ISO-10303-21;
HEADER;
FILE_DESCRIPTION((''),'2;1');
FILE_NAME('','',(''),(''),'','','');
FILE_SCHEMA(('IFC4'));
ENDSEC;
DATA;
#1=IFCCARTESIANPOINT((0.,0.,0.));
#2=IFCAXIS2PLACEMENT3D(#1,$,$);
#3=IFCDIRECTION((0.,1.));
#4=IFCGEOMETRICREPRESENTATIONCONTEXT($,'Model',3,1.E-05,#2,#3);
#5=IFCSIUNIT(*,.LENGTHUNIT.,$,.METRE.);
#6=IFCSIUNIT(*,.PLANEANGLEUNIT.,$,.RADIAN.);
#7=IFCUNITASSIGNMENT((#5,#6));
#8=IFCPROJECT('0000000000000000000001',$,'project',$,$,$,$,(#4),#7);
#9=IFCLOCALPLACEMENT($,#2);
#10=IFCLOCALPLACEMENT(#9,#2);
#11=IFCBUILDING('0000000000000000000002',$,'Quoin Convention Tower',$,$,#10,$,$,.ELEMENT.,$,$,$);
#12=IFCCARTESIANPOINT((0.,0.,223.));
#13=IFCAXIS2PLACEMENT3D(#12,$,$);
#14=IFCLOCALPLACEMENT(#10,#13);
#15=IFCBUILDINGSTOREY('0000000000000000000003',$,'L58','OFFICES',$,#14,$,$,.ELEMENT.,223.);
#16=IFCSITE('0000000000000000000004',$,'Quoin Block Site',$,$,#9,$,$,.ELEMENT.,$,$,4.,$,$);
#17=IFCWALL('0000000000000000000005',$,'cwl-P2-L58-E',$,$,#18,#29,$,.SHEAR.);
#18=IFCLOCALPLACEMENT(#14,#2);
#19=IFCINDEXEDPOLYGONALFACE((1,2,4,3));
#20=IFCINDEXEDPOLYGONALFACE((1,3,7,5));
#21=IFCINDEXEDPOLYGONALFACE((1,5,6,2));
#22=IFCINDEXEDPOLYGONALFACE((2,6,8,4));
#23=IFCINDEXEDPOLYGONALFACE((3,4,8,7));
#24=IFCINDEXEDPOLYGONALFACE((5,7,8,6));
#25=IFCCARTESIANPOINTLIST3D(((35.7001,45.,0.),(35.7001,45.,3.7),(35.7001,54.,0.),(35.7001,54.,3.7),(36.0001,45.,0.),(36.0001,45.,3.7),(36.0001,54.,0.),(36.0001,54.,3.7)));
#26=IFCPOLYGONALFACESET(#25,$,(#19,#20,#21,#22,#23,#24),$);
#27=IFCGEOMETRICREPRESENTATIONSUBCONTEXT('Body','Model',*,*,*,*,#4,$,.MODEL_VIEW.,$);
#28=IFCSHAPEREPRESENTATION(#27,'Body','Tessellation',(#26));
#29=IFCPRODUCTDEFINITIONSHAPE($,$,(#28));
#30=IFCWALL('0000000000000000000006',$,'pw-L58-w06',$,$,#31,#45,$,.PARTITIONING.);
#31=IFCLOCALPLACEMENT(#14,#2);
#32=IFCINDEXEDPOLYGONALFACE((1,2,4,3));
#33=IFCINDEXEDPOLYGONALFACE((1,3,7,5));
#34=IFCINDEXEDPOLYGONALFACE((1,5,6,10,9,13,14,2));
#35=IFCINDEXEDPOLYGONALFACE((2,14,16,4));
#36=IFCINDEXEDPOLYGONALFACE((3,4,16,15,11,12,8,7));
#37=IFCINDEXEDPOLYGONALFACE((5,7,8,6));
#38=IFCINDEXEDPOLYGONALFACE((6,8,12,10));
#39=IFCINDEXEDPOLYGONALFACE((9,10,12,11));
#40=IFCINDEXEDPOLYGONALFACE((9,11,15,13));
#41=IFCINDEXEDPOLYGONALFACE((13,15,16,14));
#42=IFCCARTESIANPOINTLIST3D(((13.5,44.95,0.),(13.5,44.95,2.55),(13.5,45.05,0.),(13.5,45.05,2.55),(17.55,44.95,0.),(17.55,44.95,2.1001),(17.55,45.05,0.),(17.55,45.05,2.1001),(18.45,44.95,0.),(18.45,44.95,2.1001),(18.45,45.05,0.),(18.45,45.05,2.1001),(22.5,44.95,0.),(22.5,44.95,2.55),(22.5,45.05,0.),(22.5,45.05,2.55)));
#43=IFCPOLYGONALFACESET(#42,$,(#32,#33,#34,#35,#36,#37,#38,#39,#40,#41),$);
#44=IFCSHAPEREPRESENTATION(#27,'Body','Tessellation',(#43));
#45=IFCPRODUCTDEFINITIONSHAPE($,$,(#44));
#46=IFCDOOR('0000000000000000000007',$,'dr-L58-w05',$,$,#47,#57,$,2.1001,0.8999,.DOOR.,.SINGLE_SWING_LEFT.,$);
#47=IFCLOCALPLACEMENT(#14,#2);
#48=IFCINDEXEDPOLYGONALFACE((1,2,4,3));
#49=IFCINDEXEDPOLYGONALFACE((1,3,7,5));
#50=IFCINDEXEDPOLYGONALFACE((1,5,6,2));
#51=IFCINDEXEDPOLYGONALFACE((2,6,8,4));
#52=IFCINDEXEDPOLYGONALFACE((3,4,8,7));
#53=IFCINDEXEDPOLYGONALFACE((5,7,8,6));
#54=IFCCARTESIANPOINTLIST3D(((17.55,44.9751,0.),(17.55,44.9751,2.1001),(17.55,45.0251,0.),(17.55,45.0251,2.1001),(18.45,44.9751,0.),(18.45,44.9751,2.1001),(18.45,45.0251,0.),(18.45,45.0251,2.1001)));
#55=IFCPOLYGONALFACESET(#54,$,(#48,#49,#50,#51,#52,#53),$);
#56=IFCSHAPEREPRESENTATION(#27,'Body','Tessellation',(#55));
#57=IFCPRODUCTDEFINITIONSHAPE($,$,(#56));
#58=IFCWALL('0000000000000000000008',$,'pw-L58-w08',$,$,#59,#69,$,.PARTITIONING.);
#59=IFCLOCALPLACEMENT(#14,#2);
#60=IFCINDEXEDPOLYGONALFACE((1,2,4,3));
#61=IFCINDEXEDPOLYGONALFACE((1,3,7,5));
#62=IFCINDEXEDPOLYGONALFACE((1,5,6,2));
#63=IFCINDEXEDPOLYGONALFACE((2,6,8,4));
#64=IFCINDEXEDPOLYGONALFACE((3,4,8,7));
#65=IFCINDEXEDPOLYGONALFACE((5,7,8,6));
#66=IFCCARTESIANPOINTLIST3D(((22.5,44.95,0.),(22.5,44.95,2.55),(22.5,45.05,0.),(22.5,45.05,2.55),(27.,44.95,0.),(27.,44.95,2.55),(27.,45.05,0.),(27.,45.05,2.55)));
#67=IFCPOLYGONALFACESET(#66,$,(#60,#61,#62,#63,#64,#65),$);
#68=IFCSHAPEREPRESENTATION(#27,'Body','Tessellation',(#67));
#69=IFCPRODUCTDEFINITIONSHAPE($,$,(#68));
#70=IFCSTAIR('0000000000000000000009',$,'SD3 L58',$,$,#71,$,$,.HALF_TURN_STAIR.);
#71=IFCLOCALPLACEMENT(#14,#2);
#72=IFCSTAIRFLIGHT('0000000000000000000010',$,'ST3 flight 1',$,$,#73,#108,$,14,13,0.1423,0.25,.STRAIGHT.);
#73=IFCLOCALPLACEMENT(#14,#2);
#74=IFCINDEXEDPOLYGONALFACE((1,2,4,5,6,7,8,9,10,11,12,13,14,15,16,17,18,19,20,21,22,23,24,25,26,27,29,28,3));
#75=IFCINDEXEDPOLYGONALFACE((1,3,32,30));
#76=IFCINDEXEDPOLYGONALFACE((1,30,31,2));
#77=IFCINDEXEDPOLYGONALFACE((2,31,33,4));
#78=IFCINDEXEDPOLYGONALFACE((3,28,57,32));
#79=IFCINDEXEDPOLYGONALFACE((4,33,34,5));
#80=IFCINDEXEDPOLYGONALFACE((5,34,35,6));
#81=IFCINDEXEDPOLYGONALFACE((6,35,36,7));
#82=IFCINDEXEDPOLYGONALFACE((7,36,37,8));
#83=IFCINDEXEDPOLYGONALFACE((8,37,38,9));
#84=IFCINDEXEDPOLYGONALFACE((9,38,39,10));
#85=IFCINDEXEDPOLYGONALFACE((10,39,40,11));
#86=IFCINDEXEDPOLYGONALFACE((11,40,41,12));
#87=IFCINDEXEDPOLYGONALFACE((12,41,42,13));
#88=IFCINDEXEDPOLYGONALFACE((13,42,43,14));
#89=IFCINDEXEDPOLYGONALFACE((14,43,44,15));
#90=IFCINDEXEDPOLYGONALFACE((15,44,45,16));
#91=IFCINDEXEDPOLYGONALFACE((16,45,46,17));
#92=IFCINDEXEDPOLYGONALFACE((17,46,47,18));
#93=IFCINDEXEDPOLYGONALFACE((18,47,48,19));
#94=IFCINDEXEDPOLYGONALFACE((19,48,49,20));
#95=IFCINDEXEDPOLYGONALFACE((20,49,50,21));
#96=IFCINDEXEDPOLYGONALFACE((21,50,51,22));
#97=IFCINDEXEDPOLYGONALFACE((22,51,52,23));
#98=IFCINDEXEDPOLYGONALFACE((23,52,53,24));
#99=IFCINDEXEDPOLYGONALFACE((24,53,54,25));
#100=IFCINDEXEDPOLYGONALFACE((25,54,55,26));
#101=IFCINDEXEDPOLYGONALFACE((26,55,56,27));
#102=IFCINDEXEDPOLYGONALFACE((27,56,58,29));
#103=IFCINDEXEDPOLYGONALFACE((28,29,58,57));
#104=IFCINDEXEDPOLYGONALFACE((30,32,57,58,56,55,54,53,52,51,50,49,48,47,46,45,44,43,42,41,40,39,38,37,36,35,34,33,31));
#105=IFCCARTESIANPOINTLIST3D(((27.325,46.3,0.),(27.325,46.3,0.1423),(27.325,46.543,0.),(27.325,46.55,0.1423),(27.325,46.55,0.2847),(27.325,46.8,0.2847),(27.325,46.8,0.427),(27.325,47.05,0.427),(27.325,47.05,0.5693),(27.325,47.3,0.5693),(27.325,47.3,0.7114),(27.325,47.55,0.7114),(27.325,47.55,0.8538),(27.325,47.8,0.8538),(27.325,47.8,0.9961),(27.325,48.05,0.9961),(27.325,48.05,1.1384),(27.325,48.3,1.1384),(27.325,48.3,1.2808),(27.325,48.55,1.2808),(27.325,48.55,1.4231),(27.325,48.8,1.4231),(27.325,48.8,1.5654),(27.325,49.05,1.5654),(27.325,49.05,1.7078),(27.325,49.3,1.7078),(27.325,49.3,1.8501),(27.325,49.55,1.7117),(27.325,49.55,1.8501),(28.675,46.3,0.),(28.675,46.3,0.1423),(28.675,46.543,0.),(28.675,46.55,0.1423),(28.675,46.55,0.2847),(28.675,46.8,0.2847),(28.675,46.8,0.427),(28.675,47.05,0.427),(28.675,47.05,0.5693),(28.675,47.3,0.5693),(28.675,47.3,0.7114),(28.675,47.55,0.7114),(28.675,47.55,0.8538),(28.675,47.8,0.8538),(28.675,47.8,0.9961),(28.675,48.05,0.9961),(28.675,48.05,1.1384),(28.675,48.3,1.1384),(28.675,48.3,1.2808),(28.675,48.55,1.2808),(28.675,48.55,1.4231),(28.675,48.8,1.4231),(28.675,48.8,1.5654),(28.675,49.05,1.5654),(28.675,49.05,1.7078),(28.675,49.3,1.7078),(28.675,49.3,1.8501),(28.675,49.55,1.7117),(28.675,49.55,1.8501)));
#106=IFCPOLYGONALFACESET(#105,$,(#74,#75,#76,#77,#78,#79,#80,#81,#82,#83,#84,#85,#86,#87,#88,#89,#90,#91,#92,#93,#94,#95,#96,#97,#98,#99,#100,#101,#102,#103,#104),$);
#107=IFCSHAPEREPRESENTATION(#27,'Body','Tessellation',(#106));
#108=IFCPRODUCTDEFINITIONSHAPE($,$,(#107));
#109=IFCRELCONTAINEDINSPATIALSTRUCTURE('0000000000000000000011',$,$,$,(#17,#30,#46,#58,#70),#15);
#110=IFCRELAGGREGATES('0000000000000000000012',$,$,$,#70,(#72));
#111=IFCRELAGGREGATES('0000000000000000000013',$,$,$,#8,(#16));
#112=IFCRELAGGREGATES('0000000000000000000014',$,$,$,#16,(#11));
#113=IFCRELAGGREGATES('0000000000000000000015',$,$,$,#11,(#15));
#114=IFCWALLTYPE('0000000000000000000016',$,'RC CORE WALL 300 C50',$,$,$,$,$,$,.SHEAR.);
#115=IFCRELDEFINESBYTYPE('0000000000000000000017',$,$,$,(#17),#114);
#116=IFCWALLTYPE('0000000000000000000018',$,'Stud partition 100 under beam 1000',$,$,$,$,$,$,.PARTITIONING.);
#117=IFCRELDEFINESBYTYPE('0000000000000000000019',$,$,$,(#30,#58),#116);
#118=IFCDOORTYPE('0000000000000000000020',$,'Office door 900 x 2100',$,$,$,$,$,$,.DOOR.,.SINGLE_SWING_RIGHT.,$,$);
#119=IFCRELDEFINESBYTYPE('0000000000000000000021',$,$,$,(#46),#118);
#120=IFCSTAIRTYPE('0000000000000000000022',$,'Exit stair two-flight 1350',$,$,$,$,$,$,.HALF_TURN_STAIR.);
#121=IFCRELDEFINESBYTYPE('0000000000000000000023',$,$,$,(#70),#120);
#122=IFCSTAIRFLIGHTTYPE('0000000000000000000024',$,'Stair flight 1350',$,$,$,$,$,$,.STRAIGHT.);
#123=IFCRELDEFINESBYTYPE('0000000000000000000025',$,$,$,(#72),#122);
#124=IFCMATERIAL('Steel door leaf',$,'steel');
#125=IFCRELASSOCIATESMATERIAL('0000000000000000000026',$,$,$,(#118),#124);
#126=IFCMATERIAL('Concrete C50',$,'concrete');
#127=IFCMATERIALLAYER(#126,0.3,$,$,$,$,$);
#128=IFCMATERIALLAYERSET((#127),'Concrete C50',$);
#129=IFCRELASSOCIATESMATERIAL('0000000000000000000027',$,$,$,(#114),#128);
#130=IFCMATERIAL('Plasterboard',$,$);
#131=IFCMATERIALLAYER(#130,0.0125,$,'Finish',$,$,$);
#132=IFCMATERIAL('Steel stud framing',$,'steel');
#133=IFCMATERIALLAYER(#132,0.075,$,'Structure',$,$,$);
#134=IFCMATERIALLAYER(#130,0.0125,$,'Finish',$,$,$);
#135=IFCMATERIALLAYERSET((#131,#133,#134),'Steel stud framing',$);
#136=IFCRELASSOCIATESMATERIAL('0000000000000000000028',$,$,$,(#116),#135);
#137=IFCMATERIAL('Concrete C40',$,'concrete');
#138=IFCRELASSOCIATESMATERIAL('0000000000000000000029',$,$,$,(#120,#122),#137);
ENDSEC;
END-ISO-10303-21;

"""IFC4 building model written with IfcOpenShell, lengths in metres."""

from ifc_helpers import new_model, si_unit, direction, frame, frame_2d, origin, place, context, subcontext, project, spatial, polyline, rectangle, outline, extrude, material, layer, layer_set, type_object, element, fill, aggregate, save


model = new_model("IFC4")

# Units and contexts
model_context = context("Model", 3, precision=1e-05, world=origin(), true_north=direction((0.0, 1.0)))
body_context = subcontext(model_context, "Body", "Model", "MODEL_VIEW")
ifc_project = project(units=[si_unit("LENGTHUNIT", "METRE"), si_unit("PLANEANGLEUNIT", "RADIAN")], contexts=[model_context])

# Site, building, storey
site_placement = place(None, origin())
site = spatial("IfcSite", under=ifc_project, at=site_placement, Name="Quoin Block Site", CompositionType="ELEMENT", RefElevation=4.0)
building_placement = place(site_placement, origin())
building = spatial("IfcBuilding", under=site, at=building_placement, Name="Quoin Convention Tower", CompositionType="ELEMENT")
storey_placement = place(building_placement, frame((0.0, 0.0, 223.0)))
storey = spatial("IfcBuildingStorey", under=building, at=storey_placement, Name="L58", Description="OFFICES", CompositionType="ELEMENT", Elevation=223.0)

# Shared definitions
ifc_material_1 = material(Name="Concrete C50", Category="concrete")

# Shared definitions
ifc_material_2 = material(Name="Plasterboard")
ifc_material_3 = material(Name="Steel stud framing", Category="steel")
ifc_material_4 = material(Name="Steel door leaf", Category="steel")
door_type_1 = type_object("IfcDoorType", Name="Office door 900 x 2100", OperationType="SINGLE_SWING_RIGHT", PredefinedType="DOOR", material=ifc_material_4)
ifc_layer_1 = layer(ifc_material_1, 0.3)
ifc_layer_set_1 = layer_set([ifc_layer_1], Name="Concrete C50")
wall_type_1 = type_object("IfcWallType", Name="RC CORE WALL 300 C50", PredefinedType="SHEAR", material=ifc_layer_set_1)

# Wall
wall_1_placement = place(storey_placement, frame((35.8501, 45.0, 0.0), z_axis=(0.0, 0.0, 1.0), x_axis=(0.0, 1.0, 0.0)))
element("IfcWall", 1, at=wall_1_placement, inside=storey, type_object=wall_type_1, Name="cwl-P2-L58-E", PredefinedType="SHEAR", context=body_context, shape_type="SweptSolid", body=[
    extrude(rectangle(XDim=9.0, YDim=0.3, at=frame_2d((4.5, 0.0))), origin(), (0.0, 0.0, 1.0), 3.7),
])

# Wall, opening, door
ifc_layer_2 = layer(ifc_material_2, 0.0125, Name="Finish")
ifc_layer_3 = layer(ifc_material_3, 0.075, Name="Structure")
ifc_layer_4 = layer(ifc_material_2, 0.0125, Name="Finish")
ifc_layer_set_2 = layer_set([ifc_layer_2, ifc_layer_3, ifc_layer_4], Name="Steel stud framing")
wall_type_2 = type_object("IfcWallType", Name="Stud partition 100 under beam 1000", PredefinedType="PARTITIONING", material=ifc_layer_set_2)
wall_2_placement = place(storey_placement, frame((22.5, 45.0, 0.0), z_axis=(0.0, 0.0, 1.0), x_axis=(-1.0, 0.0, 0.0)))
wall_2 = element("IfcWall", 2, at=wall_2_placement, inside=storey, type_object=wall_type_2, Name="pw-L58-w06", PredefinedType="PARTITIONING", context=body_context, shape_type="SweptSolid", body=[
    extrude(rectangle(XDim=9.0, YDim=0.1001, at=frame_2d((4.5, 0.0))), origin(), (0.0, 0.0, 1.0), 2.55),
])
opening_1_placement = place(wall_2_placement, frame((4.05, 0.0, 0.0)))
opening_1 = element("IfcOpeningElement", 3, at=opening_1_placement, cuts=wall_2, PredefinedType="OPENING", context=body_context, shape_type="SweptSolid", body=[
    extrude(rectangle(XDim=0.8999, YDim=2.1001, at=frame_2d((0.45, 1.05))), frame((0.0, 0.0601, 0.0), z_axis=(0.0, -1.0, 0.0), x_axis=(1.0, 0.0, 0.0)), (0.0, 0.0, 1.0), 0.1201),
])
door_1_placement = place(opening_1_placement, origin())
door_1 = element("IfcDoor", 4, at=door_1_placement, inside=storey, type_object=door_type_1, Name="dr-L58-w05", OperationType="SINGLE_SWING_LEFT", OverallHeight=2.1001, OverallWidth=0.8999, PredefinedType="DOOR", context=body_context, shape_type="SweptSolid", body=[
    extrude(rectangle(XDim=0.8999, YDim=2.1001, at=frame_2d((0.45, 1.05))), frame((0.0, 0.0249, 0.0), z_axis=(0.0, -1.0, 0.0), x_axis=(1.0, 0.0, 0.0)), (0.0, 0.0, 1.0), 0.05),
])
fill(opening_1, door_1)

# Wall
wall_3_placement = place(storey_placement, frame((22.5, 45.0, 0.0), z_axis=(0.0, 0.0, 1.0), x_axis=(1.0, 0.0, 0.0)))
element("IfcWall", 5, at=wall_3_placement, inside=storey, type_object=wall_type_2, Name="pw-L58-w08", PredefinedType="PARTITIONING", context=body_context, shape_type="SweptSolid", body=[
    extrude(rectangle(XDim=4.5, YDim=0.1001, at=frame_2d((2.25, 0.0))), origin(), (0.0, 0.0, 1.0), 2.55),
])

# Stair, stair flight
ifc_material_5 = material(Name="Concrete C40", Category="concrete")
stair_type = type_object("IfcStairType", Name="Exit stair two-flight 1350", PredefinedType="HALF_TURN_STAIR", material=ifc_material_5)
stair_placement = place(storey_placement, origin())
stair = element("IfcStair", 6, at=stair_placement, inside=storey, type_object=stair_type, Name="SD3 L58", PredefinedType="HALF_TURN_STAIR")
stair_flight_type = type_object("IfcStairFlightType", Name="Stair flight 1350", PredefinedType="STRAIGHT", material=ifc_material_5)
stair_flight_placement = place(storey_placement, frame((28.0, 46.3, 0.0), z_axis=(0.0, 0.0, 1.0), x_axis=(0.0, 1.0, 0.0)))
stair_flight = element("IfcStairFlight", 7, at=stair_flight_placement, type_object=stair_flight_type, Name="ST3 flight 1", NumberOfRisers=14, NumberOfTreads=13, PredefinedType="STRAIGHT", RiserHeight=0.1423, TreadLength=0.25, context=body_context, shape_type="SweptSolid", body=[
    extrude(outline(polyline([(0.0, 0.0), (0.0, 0.1423), (0.25, 0.1423), (0.25, 0.2847), (0.5, 0.2847), (0.5, 0.427), (0.75, 0.427), (0.75, 0.5693), (1.0, 0.5693), (1.0, 0.7114), (1.25, 0.7114), (1.25, 0.8538), (1.5, 0.8538), (1.5, 0.9961), (1.75, 0.9961), (1.75, 1.1384), (2.0, 1.1384), (2.0, 1.2808), (2.25, 1.2808), (2.25, 1.4231), (2.5, 1.4231), (2.5, 1.5654), (2.75, 1.5654), (2.75, 1.7078), (3.0, 1.7078), (3.0, 1.8501), (3.25, 1.8501), (3.25, 1.9922), (3.25, 1.7117), (0.2429, 0.0), (0.0, 0.0)])), frame((0.0, 0.675, 0.0), z_axis=(0.0, -1.0, 0.0), x_axis=(1.0, 0.0, 0.0)), (0.0, 0.0, 1.0), 1.3501),
])
aggregate(stair, [stair_flight])

save(model, "model.ifc")
